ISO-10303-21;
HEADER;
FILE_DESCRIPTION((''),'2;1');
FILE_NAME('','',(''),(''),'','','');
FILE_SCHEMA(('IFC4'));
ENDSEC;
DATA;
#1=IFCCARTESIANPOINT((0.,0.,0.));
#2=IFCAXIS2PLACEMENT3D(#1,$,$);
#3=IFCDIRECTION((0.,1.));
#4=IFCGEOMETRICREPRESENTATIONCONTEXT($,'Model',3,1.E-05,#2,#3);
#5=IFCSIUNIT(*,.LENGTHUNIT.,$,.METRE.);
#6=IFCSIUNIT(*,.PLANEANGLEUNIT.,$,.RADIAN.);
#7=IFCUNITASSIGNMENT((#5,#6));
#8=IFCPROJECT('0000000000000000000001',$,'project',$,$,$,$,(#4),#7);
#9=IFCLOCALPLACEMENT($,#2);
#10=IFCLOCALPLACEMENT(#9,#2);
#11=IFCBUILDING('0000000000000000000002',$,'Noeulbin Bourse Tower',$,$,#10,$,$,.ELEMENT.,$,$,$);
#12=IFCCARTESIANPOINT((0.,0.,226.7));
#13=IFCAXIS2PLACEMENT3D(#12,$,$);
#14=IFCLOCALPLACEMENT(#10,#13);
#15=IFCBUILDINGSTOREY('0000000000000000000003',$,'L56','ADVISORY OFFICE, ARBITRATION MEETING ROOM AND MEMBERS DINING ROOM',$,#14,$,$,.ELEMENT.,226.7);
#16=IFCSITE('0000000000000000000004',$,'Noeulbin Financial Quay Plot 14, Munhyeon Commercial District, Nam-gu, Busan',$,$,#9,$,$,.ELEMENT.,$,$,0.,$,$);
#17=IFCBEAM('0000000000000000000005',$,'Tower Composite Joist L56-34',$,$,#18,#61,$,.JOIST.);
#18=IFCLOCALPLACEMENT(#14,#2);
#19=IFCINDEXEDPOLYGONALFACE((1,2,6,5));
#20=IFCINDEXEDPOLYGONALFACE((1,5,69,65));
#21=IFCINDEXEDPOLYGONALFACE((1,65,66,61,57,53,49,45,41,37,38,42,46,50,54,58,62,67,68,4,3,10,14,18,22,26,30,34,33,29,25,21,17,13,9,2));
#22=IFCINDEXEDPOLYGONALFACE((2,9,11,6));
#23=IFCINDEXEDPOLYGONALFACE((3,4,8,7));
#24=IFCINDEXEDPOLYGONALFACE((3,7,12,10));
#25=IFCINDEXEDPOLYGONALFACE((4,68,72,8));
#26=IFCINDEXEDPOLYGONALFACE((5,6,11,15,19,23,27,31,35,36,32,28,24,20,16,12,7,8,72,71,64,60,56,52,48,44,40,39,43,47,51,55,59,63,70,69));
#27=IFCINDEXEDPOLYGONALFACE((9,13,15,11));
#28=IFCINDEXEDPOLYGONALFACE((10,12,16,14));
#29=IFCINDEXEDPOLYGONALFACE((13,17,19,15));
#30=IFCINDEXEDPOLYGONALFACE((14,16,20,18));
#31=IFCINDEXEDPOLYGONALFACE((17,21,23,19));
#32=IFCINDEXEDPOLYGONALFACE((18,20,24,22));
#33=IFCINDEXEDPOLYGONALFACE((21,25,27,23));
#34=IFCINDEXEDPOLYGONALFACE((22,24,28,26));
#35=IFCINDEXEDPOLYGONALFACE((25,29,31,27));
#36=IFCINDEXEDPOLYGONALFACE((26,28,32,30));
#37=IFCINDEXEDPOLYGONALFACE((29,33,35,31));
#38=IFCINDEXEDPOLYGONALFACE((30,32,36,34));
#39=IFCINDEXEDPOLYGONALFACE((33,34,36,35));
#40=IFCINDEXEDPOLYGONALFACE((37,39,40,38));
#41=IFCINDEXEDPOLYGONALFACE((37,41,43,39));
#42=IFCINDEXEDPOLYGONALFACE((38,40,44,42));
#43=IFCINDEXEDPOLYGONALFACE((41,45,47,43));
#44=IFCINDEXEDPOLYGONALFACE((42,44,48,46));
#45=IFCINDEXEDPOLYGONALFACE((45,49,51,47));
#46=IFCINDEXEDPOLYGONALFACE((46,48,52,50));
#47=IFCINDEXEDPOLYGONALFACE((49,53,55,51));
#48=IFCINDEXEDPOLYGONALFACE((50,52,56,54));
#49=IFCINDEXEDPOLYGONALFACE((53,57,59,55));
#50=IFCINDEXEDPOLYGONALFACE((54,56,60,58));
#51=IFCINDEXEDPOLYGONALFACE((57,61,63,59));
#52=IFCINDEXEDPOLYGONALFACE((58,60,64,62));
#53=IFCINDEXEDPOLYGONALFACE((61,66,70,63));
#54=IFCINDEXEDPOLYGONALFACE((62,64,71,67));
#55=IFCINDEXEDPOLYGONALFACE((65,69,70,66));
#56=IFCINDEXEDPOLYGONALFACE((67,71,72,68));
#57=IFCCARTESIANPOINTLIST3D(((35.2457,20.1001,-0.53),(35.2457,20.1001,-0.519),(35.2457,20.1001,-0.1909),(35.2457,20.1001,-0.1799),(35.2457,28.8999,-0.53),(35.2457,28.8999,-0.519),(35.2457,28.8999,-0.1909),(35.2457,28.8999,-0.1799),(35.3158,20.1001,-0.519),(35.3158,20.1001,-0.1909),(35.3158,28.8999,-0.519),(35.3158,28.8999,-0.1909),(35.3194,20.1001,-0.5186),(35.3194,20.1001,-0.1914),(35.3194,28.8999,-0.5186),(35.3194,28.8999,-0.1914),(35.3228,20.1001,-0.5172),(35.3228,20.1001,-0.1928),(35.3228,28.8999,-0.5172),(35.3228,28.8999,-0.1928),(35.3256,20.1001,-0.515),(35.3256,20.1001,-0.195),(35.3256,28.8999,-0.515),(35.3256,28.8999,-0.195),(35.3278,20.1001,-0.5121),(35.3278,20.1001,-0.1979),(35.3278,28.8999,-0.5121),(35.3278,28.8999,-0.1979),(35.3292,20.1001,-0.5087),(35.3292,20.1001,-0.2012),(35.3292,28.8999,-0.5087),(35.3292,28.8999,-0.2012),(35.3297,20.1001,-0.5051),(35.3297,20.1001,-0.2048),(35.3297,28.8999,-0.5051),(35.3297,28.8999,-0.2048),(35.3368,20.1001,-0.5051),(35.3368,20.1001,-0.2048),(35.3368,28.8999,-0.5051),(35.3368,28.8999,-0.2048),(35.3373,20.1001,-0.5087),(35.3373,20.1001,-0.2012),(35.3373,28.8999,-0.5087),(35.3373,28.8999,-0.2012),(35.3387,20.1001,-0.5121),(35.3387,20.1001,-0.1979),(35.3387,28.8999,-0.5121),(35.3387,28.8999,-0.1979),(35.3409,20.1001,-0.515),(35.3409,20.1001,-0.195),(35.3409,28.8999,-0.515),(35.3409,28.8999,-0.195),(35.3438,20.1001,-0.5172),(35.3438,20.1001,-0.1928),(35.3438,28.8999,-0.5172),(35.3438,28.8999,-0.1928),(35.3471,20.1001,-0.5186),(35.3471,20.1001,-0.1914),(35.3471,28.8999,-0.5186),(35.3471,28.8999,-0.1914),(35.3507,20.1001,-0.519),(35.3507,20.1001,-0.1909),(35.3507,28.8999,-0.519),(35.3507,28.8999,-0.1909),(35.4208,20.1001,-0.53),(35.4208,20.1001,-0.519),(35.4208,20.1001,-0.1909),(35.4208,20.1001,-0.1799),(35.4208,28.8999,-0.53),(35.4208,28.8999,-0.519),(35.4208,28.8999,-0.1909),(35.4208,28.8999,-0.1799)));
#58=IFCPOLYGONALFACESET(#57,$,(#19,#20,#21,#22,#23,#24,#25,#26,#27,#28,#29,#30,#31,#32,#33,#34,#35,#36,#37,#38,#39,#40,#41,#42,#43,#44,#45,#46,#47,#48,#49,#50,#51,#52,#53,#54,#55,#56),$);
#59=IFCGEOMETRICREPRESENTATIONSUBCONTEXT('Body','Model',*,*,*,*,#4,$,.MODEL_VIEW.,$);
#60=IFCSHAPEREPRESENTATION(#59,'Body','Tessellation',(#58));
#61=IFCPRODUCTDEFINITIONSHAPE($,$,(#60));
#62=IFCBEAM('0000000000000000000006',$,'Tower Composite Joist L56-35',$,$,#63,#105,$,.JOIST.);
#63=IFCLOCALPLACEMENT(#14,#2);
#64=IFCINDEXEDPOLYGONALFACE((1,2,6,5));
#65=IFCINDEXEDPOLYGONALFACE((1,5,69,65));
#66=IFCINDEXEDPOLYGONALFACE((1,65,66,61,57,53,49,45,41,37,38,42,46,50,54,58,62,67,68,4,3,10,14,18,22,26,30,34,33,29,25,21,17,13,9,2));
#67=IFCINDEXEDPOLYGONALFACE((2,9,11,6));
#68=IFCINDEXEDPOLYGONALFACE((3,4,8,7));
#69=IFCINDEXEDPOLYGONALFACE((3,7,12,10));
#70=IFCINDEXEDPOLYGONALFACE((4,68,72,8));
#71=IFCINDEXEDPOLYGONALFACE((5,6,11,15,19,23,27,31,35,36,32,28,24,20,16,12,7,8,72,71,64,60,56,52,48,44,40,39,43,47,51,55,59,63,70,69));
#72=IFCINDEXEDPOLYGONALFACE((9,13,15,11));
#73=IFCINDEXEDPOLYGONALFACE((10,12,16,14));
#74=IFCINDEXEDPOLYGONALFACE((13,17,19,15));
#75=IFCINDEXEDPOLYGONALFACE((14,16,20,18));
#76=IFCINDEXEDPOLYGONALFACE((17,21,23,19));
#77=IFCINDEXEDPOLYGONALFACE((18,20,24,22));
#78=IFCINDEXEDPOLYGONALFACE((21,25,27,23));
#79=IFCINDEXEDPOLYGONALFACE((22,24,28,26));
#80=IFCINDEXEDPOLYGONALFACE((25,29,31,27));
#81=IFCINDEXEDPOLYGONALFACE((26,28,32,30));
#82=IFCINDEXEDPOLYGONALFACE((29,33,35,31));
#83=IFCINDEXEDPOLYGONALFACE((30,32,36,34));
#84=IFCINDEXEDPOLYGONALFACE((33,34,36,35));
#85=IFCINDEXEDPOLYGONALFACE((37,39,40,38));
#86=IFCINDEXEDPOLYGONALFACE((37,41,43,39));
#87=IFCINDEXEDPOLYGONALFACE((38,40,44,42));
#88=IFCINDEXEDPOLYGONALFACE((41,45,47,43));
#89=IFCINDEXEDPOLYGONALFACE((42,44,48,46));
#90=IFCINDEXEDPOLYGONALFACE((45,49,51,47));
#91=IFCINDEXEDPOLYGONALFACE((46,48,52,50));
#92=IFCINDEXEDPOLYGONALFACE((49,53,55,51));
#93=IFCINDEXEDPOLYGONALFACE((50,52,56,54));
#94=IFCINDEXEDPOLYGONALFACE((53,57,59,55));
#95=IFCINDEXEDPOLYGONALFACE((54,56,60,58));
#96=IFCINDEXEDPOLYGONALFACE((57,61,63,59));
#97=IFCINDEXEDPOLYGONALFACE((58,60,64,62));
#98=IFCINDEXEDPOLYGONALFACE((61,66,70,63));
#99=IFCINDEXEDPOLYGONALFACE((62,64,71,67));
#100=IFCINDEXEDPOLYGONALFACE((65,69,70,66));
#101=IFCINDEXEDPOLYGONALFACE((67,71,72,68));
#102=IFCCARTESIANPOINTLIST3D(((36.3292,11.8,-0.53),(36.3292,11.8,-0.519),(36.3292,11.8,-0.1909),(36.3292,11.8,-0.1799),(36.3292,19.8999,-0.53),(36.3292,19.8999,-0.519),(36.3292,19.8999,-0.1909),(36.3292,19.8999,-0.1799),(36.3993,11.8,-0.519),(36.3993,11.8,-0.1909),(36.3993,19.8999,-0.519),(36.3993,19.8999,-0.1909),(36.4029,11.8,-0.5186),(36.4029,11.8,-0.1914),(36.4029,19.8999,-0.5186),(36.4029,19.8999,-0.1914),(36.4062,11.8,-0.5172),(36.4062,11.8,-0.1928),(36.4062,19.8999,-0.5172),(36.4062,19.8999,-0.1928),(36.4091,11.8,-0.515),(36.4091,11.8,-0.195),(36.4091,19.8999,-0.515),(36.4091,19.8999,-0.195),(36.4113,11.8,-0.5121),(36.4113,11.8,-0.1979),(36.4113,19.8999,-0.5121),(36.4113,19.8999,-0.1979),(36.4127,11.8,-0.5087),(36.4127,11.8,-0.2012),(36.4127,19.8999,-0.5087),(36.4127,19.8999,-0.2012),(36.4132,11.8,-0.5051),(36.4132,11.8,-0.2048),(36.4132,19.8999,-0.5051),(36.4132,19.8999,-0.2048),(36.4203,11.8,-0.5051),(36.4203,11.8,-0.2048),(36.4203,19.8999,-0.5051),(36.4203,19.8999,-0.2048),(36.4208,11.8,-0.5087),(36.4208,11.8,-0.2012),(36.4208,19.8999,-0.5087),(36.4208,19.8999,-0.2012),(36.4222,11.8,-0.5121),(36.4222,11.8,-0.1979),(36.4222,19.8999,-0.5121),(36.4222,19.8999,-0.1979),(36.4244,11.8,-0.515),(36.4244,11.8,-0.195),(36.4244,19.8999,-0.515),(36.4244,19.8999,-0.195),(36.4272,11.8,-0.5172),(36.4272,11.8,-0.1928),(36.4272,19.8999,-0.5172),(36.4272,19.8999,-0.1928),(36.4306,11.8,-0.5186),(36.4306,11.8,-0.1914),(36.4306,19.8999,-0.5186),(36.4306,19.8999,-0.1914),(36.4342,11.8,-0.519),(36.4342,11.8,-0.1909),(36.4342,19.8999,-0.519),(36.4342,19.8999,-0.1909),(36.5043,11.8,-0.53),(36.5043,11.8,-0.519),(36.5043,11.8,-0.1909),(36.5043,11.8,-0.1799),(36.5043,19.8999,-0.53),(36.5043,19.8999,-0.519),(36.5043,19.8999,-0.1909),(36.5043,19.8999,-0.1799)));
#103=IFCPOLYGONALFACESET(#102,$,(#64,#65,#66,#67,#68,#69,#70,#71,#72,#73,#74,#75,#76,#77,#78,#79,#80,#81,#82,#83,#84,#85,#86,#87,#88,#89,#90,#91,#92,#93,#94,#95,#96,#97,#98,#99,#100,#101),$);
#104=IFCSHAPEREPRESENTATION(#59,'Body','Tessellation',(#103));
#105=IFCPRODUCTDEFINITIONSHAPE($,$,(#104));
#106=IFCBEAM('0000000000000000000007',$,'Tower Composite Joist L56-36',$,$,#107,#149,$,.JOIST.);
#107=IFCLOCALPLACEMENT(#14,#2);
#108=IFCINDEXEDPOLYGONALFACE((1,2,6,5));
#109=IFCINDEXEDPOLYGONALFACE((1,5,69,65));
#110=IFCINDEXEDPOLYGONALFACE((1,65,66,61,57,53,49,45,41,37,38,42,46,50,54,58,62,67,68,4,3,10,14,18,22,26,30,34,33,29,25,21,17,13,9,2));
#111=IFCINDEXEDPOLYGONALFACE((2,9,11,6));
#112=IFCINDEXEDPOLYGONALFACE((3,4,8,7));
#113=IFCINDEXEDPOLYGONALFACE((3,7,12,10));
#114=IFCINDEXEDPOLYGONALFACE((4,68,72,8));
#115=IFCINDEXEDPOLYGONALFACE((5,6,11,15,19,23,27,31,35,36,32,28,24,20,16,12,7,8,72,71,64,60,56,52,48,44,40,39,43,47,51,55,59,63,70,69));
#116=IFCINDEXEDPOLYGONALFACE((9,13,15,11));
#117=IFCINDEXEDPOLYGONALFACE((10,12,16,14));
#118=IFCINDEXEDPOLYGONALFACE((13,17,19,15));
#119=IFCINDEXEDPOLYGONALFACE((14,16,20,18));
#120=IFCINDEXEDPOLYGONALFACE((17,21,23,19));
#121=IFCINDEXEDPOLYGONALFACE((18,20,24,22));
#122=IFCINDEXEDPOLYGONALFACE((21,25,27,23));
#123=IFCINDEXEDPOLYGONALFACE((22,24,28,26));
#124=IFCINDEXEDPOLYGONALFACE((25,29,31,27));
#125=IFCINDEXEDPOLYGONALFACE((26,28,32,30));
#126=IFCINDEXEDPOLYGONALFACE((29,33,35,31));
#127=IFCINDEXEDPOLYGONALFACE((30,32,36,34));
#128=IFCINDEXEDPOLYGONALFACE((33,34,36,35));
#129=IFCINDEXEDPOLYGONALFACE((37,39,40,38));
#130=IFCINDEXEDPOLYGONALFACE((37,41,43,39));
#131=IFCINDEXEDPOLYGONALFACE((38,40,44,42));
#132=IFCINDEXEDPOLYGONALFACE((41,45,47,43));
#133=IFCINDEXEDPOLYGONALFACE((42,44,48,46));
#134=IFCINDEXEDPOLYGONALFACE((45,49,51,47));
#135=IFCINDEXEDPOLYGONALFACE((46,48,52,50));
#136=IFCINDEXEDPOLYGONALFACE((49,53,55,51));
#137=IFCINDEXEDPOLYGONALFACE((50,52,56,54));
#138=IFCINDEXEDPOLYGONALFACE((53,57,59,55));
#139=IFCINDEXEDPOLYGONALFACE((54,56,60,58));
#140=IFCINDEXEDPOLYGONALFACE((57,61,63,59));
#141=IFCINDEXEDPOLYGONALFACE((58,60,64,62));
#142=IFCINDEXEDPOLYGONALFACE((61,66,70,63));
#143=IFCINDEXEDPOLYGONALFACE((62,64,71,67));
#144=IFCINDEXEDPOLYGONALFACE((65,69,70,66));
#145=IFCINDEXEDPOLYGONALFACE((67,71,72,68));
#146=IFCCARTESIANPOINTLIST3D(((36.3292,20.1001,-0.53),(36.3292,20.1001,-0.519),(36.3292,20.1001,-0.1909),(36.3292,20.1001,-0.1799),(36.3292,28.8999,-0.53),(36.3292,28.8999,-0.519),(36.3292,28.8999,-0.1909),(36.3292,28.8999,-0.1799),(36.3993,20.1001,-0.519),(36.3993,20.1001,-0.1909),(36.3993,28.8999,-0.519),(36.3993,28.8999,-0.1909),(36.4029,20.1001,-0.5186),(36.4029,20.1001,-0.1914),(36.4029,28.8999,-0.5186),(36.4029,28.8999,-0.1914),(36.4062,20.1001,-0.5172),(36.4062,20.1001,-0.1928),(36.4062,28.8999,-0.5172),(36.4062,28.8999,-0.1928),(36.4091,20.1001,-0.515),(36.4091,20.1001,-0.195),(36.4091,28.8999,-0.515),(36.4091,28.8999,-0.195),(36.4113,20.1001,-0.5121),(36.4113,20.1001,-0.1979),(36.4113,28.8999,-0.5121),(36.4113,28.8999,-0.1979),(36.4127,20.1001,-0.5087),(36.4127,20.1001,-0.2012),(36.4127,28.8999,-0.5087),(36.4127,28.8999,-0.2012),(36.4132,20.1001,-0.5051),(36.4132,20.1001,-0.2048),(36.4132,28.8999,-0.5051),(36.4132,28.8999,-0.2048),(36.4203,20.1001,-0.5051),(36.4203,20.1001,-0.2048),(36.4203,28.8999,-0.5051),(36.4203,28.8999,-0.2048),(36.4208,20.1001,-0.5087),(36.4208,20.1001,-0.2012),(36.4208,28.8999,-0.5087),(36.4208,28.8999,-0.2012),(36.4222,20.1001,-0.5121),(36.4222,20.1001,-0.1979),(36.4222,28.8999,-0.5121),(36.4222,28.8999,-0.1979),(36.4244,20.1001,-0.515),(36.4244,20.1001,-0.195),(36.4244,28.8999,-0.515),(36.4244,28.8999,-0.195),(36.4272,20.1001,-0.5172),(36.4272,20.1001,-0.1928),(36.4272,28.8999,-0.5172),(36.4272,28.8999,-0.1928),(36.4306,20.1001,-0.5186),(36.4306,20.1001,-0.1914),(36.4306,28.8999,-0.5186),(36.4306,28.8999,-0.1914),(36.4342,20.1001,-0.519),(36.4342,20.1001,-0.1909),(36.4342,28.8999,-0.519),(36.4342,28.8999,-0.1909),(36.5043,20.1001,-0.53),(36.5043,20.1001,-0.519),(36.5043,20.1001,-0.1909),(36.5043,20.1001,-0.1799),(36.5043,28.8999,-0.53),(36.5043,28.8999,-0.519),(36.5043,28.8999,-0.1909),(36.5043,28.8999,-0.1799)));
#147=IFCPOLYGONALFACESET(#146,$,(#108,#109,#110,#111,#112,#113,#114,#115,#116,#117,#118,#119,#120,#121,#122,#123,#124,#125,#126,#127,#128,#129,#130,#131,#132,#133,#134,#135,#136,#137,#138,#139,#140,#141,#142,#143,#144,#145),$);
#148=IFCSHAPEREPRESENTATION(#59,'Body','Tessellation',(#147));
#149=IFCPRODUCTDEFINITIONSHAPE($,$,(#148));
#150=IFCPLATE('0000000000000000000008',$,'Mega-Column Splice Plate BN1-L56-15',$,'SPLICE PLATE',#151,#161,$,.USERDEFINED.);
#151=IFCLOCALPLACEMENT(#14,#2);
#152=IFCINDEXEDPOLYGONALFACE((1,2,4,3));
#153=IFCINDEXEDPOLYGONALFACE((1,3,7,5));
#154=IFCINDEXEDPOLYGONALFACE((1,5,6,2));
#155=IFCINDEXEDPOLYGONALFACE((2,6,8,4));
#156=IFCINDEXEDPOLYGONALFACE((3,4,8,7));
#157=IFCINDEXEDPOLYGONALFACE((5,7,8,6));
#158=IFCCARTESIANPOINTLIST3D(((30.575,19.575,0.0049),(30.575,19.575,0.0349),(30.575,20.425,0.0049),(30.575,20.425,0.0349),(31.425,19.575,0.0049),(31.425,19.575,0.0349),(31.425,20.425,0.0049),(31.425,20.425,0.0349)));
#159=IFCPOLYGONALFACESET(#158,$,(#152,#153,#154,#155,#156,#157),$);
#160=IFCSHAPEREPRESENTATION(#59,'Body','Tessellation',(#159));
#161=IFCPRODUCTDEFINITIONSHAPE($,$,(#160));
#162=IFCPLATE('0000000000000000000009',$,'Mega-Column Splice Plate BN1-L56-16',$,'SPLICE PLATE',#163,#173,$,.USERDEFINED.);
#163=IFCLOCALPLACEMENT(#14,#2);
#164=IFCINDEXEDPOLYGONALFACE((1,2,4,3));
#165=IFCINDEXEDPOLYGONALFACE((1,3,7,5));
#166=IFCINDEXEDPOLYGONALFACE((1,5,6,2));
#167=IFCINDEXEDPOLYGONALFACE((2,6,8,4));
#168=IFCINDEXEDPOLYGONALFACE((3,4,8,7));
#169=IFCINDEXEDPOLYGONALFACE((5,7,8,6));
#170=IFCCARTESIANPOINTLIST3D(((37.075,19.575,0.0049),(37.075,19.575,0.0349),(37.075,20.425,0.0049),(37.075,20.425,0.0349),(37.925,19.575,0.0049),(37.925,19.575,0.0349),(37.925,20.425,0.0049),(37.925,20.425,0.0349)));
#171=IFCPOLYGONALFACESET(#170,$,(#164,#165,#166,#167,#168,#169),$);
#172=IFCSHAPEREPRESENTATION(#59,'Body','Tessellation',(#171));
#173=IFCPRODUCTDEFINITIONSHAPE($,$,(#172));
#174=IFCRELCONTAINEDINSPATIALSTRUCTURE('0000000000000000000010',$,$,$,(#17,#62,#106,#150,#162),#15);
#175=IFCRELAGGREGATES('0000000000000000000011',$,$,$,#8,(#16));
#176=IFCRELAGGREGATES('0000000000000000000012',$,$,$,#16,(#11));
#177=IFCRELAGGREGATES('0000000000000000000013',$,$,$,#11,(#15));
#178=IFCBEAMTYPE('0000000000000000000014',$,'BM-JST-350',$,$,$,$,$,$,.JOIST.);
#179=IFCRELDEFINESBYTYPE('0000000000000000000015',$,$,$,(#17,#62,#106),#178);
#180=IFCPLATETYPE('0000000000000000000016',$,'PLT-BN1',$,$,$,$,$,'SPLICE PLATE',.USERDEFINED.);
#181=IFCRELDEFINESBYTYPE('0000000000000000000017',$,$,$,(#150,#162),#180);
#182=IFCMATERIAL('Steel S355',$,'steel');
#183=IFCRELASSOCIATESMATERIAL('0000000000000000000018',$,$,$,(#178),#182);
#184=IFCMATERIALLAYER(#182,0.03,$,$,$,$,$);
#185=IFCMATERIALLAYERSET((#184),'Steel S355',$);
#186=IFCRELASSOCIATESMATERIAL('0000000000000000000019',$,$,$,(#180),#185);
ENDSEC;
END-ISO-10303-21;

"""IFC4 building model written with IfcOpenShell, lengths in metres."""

from ifc_helpers import new_model, si_unit, direction, frame, origin, origin_2d, place, context, subcontext, project, spatial, rectangle, i_section, extrude, material, layer, layer_set, material_profile, profile_set, type_object, element, save


model = new_model("IFC4")

# Units and contexts
model_context = context("Model", 3, precision=1e-05, world=origin(), true_north=direction((0.0, 1.0)))
body_context = subcontext(model_context, "Body", "Model", "MODEL_VIEW")
ifc_project = project(units=[si_unit("LENGTHUNIT", "METRE"), si_unit("PLANEANGLEUNIT", "RADIAN")], contexts=[model_context])

# Site, building, storey
site_placement = place(None, origin())
site = spatial("IfcSite", under=ifc_project, at=site_placement, Name="Noeulbin Financial Quay Plot 14, Munhyeon Commercial District, Nam-gu, Busan", CompositionType="ELEMENT", RefElevation=0.0)
building_placement = place(site_placement, origin())
building = spatial("IfcBuilding", under=site, at=building_placement, Name="Noeulbin Bourse Tower", CompositionType="ELEMENT")
storey_placement = place(building_placement, frame((0.0, 0.0, 226.7)))
storey = spatial("IfcBuildingStorey", under=building, at=storey_placement, Name="L56", Description="ADVISORY OFFICE, ARBITRATION MEETING ROOM AND MEMBERS DINING ROOM", CompositionType="ELEMENT", Elevation=226.7)

# Shared definitions
ifc_material_1 = material(Name="Steel S355", Category="steel")

# Beams
ifc_material_profile_1 = material_profile(ifc_material_1, i_section(OverallWidth=0.175, OverallDepth=0.3501, WebThickness=0.0071, FlangeThickness=0.011, FilletRadius=0.0139, at=origin_2d()), Name="H-350x175x7x11", Category="LoadBearing")
ifc_profile_set_1 = profile_set([ifc_material_profile_1], Name="Steel S355")
beam_type_1 = type_object("IfcBeamType", Name="BM-JST-350", PredefinedType="JOIST", material=ifc_profile_set_1)
beam_1_placement = place(storey_placement, frame((35.3333, 20.1001, -0.355), z_axis=(0.0, 1.0, 0.0), x_axis=(-1.0, 0.0, 0.0)))
element("IfcBeam", 1, at=beam_1_placement, inside=storey, type_object=beam_type_1, Name="Tower Composite Joist L56-34", PredefinedType="JOIST", context=body_context, shape_type="SweptSolid", body=[
    extrude(i_section(OverallWidth=0.175, OverallDepth=0.3501, WebThickness=0.0071, FlangeThickness=0.011, FilletRadius=0.0139, at=origin_2d()), origin(), (0.0, 0.0, 1.0), 8.7998),
])
beam_2_placement = place(storey_placement, frame((36.4167, 11.8, -0.355), z_axis=(0.0, 1.0, 0.0), x_axis=(-1.0, 0.0, 0.0)))
element("IfcBeam", 2, at=beam_2_placement, inside=storey, type_object=beam_type_1, Name="Tower Composite Joist L56-35", PredefinedType="JOIST", context=body_context, shape_type="SweptSolid", body=[
    extrude(i_section(OverallWidth=0.175, OverallDepth=0.3501, WebThickness=0.0071, FlangeThickness=0.011, FilletRadius=0.0139, at=origin_2d()), origin(), (0.0, 0.0, 1.0), 8.0999),
])
beam_3_placement = place(storey_placement, frame((36.4167, 20.1001, -0.355), z_axis=(0.0, 1.0, 0.0), x_axis=(-1.0, 0.0, 0.0)))
element("IfcBeam", 3, at=beam_3_placement, inside=storey, type_object=beam_type_1, Name="Tower Composite Joist L56-36", PredefinedType="JOIST", context=body_context, shape_type="SweptSolid", body=[
    extrude(i_section(OverallWidth=0.175, OverallDepth=0.3501, WebThickness=0.0071, FlangeThickness=0.011, FilletRadius=0.0139, at=origin_2d()), origin(), (0.0, 0.0, 1.0), 8.7998),
])

# Plates
ifc_layer_1 = layer(ifc_material_1, 0.03)
ifc_layer_set_1 = layer_set([ifc_layer_1], Name="Steel S355")
plate_type = type_object("IfcPlateType", Name="PLT-BN1", ElementType="SPLICE PLATE", PredefinedType="USERDEFINED", material=ifc_layer_set_1)
for number, where, z_axis, x_axis, name in (
    (4, (31.0, 20.0, 0.0049), (0.0, 0.0, 1.0), (1.0, 0.0, 0.0), "Mega-Column Splice Plate BN1-L56-15"),
    (5, (37.5, 20.0, 0.0049), (0.0, 0.0, 1.0), (1.0, 0.0, 0.0), "Mega-Column Splice Plate BN1-L56-16"),
):
    element("IfcPlate", number, at=place(storey_placement, frame(where, z_axis=z_axis, x_axis=x_axis)), inside=storey, type_object=plate_type, Name=name, ObjectType="SPLICE PLATE", PredefinedType="USERDEFINED", context=body_context, shape_type="SweptSolid", body=[
        extrude(rectangle(XDim=0.8501, YDim=0.8501, at=origin_2d()), origin(), (0.0, 0.0, 1.0), 0.03),
    ])

save(model, "model.ifc")
